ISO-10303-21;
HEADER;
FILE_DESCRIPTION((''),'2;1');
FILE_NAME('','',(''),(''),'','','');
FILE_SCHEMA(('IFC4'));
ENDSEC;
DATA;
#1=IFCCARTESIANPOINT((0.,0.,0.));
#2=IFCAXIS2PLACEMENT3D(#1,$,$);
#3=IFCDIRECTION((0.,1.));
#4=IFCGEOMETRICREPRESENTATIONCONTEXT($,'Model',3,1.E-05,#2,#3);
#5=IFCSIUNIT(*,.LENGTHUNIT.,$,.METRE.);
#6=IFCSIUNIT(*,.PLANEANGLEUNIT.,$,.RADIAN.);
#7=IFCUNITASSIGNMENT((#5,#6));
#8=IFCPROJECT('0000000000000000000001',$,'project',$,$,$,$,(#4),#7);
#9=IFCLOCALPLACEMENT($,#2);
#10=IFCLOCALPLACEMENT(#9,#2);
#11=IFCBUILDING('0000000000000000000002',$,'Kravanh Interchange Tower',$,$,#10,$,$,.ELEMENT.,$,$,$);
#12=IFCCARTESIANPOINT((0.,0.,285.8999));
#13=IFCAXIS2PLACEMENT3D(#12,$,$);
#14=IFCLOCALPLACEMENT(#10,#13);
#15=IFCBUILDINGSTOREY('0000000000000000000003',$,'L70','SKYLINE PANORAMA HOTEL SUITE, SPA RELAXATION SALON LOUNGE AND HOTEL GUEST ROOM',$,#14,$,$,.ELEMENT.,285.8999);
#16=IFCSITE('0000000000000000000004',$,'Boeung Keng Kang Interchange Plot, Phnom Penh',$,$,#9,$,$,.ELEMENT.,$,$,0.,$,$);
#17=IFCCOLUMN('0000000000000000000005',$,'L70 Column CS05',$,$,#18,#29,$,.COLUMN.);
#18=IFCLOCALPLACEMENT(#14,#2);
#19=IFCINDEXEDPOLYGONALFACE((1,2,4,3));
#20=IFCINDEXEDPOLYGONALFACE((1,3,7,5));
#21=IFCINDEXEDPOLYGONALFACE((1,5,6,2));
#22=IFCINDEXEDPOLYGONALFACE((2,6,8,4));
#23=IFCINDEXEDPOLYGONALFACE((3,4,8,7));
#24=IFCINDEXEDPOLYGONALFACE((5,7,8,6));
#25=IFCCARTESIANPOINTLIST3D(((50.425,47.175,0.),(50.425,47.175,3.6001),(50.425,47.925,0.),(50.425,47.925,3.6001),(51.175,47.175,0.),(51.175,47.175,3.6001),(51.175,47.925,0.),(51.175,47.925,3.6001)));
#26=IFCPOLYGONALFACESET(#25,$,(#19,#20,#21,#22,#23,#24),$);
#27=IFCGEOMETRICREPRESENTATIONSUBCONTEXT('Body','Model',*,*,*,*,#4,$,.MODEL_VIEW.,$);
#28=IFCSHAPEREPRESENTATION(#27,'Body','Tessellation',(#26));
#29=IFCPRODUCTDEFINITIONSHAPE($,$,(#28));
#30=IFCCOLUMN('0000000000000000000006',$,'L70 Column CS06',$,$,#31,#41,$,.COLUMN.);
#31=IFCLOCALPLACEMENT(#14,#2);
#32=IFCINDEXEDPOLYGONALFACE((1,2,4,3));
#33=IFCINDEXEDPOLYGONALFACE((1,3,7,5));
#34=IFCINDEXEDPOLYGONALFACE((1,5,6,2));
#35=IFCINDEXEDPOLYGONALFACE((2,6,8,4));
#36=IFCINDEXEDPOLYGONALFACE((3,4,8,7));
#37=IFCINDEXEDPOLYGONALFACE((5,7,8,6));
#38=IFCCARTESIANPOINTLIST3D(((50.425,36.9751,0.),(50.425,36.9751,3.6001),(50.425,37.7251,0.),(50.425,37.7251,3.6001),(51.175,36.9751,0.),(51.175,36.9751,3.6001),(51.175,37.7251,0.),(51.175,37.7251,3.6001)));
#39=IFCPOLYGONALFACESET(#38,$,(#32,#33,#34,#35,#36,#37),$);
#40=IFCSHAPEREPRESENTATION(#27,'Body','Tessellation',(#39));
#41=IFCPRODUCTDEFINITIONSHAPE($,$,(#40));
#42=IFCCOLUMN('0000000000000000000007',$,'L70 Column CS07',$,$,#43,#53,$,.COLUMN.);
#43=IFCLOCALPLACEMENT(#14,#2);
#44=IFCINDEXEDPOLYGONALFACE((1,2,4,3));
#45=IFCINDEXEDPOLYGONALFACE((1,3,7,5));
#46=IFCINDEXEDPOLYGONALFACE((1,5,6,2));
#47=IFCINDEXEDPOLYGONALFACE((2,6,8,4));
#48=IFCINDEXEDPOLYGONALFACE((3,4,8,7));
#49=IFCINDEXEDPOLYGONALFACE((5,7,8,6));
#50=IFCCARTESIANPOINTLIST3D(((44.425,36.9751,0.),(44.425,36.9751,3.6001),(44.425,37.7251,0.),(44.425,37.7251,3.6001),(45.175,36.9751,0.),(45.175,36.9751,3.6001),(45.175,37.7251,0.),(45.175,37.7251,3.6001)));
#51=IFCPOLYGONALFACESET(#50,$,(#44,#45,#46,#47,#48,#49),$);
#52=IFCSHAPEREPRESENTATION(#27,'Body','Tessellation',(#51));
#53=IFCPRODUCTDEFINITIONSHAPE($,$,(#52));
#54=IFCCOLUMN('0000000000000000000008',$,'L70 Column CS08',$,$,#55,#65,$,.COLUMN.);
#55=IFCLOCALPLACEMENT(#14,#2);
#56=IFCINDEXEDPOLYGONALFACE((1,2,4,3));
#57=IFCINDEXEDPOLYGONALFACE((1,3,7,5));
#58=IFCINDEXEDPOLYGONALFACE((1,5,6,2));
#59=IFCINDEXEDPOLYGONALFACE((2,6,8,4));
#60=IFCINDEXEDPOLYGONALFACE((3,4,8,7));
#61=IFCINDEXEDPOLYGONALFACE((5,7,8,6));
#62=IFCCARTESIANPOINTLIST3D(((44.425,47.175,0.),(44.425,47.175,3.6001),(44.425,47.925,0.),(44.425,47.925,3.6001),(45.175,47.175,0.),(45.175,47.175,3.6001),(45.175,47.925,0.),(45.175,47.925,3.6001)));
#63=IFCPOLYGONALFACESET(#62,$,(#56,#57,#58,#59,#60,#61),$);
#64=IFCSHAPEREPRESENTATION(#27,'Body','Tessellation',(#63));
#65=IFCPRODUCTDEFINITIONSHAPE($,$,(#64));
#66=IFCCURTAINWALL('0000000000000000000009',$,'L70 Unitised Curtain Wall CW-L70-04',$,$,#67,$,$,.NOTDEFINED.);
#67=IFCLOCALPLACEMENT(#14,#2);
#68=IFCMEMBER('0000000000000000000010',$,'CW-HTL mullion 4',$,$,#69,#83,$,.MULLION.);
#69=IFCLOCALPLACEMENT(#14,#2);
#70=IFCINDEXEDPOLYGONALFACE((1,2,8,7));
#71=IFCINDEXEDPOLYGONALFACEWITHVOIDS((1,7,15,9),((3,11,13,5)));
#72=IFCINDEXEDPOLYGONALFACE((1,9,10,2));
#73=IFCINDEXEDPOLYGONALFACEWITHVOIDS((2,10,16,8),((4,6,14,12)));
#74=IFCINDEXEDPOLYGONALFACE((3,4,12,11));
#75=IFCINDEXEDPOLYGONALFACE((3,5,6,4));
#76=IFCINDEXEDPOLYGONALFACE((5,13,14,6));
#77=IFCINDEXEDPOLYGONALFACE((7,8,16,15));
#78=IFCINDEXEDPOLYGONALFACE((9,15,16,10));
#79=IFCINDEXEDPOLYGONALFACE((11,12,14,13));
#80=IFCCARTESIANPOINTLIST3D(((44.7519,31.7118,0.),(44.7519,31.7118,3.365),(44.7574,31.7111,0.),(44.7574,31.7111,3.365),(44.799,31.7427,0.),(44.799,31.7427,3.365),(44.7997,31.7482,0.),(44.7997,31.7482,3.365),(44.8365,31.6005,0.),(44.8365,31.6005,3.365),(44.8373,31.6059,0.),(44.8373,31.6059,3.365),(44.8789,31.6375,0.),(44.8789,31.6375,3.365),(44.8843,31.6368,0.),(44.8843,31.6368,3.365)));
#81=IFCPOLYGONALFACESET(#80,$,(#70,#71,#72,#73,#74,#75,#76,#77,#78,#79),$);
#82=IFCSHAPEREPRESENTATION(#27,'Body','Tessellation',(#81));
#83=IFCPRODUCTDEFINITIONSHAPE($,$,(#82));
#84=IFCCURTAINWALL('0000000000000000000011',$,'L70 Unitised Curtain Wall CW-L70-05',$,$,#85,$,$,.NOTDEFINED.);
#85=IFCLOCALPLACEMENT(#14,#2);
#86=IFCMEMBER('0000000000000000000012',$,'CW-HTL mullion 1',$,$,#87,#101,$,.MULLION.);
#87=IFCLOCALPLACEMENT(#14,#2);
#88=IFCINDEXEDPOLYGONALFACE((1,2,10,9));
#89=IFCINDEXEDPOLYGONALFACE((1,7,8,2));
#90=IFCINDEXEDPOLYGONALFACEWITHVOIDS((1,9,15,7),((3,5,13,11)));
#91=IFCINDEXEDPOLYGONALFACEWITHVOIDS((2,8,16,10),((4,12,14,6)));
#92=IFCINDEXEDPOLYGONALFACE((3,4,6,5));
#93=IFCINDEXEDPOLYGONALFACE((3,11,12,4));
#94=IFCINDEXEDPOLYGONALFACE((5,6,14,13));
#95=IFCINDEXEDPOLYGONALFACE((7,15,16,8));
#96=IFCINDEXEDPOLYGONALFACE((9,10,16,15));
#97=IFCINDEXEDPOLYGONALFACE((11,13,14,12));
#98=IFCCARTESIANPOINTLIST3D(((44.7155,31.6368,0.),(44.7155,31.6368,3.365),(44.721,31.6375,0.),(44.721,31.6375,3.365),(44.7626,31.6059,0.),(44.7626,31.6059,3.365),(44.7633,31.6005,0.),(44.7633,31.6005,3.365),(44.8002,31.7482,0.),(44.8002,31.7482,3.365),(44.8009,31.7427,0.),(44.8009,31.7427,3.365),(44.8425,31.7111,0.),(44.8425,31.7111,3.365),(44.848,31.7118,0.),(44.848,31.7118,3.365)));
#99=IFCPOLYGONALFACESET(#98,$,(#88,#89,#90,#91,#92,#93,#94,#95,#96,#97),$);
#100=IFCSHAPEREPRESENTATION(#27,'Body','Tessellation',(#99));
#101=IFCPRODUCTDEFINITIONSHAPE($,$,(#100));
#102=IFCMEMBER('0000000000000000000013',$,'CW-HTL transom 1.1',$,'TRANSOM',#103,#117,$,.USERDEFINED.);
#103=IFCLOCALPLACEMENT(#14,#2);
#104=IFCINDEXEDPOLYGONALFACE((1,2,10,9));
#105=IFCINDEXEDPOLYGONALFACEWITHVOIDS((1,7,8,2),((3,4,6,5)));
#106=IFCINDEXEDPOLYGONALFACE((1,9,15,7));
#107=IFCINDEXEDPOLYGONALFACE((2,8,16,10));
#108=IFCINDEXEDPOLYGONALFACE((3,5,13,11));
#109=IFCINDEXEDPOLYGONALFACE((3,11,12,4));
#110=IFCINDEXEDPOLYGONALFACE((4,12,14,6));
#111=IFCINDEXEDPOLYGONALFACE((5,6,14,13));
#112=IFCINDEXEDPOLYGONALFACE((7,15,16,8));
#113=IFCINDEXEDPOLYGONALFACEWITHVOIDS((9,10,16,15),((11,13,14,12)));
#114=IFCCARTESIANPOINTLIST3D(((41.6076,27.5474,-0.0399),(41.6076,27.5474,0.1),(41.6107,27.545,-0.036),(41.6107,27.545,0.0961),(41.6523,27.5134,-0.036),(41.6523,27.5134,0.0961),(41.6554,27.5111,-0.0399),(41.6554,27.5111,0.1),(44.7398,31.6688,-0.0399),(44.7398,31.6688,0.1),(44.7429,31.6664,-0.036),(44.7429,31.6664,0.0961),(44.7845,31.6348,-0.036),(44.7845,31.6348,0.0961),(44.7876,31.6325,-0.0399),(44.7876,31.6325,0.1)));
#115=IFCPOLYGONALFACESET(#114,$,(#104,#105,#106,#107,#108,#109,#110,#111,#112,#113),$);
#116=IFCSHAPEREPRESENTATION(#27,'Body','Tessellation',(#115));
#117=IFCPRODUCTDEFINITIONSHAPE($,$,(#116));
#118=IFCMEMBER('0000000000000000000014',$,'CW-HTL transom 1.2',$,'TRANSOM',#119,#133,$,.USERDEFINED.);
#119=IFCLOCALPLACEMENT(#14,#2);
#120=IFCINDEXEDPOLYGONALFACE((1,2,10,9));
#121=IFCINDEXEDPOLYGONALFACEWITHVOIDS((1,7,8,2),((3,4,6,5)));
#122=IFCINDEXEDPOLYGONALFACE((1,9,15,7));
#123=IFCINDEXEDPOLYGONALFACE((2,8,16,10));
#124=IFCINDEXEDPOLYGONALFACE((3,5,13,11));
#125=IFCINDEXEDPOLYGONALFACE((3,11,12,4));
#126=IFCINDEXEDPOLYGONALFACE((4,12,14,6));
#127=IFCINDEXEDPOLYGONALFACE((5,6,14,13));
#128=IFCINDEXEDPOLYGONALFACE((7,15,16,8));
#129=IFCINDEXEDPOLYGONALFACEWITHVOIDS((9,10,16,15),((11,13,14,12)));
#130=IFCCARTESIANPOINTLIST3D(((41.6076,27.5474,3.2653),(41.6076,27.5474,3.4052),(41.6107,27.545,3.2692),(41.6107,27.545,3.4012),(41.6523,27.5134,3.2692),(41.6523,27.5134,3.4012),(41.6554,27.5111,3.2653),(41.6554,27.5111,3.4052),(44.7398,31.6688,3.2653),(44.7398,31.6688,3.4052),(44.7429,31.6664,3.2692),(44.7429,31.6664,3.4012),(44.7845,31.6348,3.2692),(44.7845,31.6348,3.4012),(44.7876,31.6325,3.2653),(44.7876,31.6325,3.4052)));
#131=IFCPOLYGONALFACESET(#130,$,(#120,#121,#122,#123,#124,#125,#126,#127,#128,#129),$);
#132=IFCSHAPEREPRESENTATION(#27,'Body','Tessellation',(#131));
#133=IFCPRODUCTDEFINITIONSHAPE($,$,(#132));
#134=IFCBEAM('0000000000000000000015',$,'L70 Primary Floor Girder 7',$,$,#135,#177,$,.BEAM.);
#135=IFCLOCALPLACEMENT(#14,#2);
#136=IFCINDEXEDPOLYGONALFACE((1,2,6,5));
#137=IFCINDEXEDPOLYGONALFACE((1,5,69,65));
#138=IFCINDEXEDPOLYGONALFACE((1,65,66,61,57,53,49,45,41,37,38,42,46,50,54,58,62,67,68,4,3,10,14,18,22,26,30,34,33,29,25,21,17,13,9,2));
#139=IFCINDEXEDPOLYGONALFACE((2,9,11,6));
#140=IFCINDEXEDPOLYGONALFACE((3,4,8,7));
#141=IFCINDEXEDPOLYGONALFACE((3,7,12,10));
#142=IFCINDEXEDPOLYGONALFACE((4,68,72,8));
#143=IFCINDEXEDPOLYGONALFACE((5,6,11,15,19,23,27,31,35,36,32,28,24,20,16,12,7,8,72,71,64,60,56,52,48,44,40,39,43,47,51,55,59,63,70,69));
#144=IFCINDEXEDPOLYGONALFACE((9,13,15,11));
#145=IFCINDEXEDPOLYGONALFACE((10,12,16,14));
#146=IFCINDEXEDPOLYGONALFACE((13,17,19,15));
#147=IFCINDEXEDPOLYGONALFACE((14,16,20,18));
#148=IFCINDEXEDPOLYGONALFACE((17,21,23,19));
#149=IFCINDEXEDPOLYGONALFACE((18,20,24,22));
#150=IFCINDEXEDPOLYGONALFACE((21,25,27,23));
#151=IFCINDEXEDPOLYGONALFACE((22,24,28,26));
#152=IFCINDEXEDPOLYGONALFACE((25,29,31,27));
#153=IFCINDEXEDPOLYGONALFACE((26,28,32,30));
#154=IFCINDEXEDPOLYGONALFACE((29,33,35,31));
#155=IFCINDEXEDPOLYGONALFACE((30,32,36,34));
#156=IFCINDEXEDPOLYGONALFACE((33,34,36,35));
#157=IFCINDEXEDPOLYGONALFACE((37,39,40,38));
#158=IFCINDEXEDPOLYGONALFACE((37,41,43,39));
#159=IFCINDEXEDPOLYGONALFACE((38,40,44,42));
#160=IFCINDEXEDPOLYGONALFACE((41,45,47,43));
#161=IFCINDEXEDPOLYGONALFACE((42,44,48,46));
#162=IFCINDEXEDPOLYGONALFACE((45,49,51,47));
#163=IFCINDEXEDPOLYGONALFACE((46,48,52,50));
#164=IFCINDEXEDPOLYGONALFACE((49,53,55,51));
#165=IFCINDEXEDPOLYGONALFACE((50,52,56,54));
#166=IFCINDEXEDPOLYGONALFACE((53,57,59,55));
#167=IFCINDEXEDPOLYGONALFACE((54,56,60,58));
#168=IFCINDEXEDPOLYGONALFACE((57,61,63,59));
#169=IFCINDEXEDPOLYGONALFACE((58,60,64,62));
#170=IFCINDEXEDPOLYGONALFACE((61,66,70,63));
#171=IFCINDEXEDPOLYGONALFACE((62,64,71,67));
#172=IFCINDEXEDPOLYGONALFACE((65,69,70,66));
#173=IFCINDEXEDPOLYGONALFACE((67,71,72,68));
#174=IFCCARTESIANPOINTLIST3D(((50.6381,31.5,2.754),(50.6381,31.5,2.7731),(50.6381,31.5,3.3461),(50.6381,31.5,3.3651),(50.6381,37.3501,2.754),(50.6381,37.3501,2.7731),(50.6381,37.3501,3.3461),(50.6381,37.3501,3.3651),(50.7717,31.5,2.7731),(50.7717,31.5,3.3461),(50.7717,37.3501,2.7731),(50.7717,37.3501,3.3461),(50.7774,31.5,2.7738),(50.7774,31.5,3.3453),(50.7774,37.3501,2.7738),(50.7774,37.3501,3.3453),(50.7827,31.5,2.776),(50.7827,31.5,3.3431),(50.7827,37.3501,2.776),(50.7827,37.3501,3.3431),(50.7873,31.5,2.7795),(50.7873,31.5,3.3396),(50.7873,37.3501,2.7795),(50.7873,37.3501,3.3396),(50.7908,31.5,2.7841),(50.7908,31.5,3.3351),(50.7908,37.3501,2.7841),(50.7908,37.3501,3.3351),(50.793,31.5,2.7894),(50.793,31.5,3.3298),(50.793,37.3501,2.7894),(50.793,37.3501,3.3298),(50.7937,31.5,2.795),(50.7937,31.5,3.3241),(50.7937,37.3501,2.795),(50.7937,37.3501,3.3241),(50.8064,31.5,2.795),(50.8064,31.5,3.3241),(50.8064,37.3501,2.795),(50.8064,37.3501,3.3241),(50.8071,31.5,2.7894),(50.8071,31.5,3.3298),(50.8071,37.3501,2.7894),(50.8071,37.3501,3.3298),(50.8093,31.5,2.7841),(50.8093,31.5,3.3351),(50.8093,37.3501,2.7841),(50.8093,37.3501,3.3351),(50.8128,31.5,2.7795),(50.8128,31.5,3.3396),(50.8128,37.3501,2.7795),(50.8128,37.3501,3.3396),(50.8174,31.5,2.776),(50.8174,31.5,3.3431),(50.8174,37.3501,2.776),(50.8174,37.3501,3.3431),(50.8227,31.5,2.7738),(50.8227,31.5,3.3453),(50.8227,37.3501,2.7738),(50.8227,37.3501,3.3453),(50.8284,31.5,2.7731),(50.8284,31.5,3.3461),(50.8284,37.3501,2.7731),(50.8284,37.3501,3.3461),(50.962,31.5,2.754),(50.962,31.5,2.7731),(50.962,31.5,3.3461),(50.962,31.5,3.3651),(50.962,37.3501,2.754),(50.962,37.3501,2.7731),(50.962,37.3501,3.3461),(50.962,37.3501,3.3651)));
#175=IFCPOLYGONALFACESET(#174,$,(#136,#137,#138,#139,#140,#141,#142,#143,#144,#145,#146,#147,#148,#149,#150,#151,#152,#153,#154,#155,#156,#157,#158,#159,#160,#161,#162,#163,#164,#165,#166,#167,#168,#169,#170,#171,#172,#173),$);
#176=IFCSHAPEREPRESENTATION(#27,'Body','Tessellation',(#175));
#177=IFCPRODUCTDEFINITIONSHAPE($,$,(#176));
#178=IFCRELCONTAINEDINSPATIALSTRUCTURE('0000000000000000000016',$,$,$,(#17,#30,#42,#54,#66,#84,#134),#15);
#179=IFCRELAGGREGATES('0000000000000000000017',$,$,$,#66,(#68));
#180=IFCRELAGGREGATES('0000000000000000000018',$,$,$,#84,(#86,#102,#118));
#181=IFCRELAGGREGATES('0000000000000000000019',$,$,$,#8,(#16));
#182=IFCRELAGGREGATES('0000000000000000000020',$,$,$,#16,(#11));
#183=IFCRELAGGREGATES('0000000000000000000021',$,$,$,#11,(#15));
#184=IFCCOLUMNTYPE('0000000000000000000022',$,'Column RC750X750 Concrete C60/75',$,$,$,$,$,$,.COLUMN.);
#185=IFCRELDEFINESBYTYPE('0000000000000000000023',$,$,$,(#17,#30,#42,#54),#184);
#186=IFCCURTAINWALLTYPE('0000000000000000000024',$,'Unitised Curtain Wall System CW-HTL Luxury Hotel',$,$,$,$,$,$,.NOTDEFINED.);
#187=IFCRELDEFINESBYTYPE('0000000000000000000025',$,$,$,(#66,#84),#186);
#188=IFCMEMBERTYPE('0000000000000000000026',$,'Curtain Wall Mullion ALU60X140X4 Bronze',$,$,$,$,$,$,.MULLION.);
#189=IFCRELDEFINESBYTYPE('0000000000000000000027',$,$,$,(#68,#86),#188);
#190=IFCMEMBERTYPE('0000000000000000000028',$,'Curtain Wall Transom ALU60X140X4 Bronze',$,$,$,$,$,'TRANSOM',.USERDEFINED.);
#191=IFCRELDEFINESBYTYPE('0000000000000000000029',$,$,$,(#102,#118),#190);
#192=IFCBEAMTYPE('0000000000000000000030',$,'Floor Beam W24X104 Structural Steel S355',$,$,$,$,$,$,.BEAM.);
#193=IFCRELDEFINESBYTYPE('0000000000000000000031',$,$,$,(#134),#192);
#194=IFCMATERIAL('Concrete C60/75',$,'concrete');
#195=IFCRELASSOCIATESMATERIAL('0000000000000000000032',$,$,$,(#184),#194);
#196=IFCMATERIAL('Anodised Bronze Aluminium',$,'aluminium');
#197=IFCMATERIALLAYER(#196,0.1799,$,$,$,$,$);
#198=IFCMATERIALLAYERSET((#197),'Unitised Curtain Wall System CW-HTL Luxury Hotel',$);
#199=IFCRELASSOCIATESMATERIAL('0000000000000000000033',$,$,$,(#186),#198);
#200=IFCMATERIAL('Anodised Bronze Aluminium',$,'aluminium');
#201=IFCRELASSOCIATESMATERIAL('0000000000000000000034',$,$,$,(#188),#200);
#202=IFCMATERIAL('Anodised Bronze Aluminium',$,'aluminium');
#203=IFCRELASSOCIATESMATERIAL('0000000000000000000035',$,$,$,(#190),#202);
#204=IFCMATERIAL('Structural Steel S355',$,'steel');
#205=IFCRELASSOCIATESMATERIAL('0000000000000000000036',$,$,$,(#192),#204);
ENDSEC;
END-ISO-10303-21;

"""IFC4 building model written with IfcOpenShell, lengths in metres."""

from ifc_helpers import new_model, si_unit, direction, frame, origin, origin_2d, place, context, subcontext, project, spatial, rectangle, hollow_rectangle, i_section, extrude, material, layer, layer_set, material_profile, profile_set, type_object, element, aggregate, save


model = new_model("IFC4")

# Units and contexts
model_context = context("Model", 3, precision=1e-05, world=origin(), true_north=direction((0.0, 1.0)))
body_context = subcontext(model_context, "Body", "Model", "MODEL_VIEW")
ifc_project = project(units=[si_unit("LENGTHUNIT", "METRE"), si_unit("PLANEANGLEUNIT", "RADIAN")], contexts=[model_context])

# Site, building, storey
site_placement = place(None, origin())
site = spatial("IfcSite", under=ifc_project, at=site_placement, Name="Boeung Keng Kang Interchange Plot, Phnom Penh", CompositionType="ELEMENT", RefElevation=0.0)
building_placement = place(site_placement, origin())
building = spatial("IfcBuilding", under=site, at=building_placement, Name="Kravanh Interchange Tower", CompositionType="ELEMENT")
storey_placement = place(building_placement, frame((0.0, 0.0, 285.8999)))
storey = spatial("IfcBuildingStorey", under=building, at=storey_placement, Name="L70", Description="SKYLINE PANORAMA HOTEL SUITE, SPA RELAXATION SALON LOUNGE AND HOTEL GUEST ROOM", CompositionType="ELEMENT", Elevation=285.8999)

# Columns
ifc_material_1 = material(Name="Concrete C60/75", Category="concrete")
ifc_material_profile_1 = material_profile(ifc_material_1, rectangle(XDim=0.75, YDim=0.75, at=origin_2d()), Name="RC750X750")
ifc_profile_set_1 = profile_set([ifc_material_profile_1], Name="Concrete C60/75")
column_type = type_object("IfcColumnType", Name="Column RC750X750 Concrete C60/75", PredefinedType="COLUMN", material=ifc_profile_set_1)
for number, where, z_axis, x_axis, name in (
    (1, (50.8, 47.55, 0.0), (0.0, 0.0, 1.0), (1.0, 0.0, 0.0), "L70 Column CS05"),
    (2, (50.8, 37.3501, 0.0), (0.0, 0.0, 1.0), (1.0, 0.0, 0.0), "L70 Column CS06"),
    (3, (44.8, 37.3501, 0.0), (0.0, 0.0, 1.0), (1.0, 0.0, 0.0), "L70 Column CS07"),
    (4, (44.8, 47.55, 0.0), (0.0, 0.0, 1.0), (1.0, 0.0, 0.0), "L70 Column CS08"),
):
    element("IfcColumn", number, at=place(storey_placement, frame(where, z_axis=z_axis, x_axis=x_axis)), inside=storey, type_object=column_type, Name=name, PredefinedType="COLUMN", context=body_context, shape_type="SweptSolid", body=[
        extrude(rectangle(XDim=0.75, YDim=0.75, at=origin_2d()), origin(), (0.0, 0.0, 1.0), 3.6001),
    ])

# Curtain wall, member
ifc_material_2 = material(Name="Anodised Bronze Aluminium", Category="aluminium")
ifc_layer_1 = layer(ifc_material_2, 0.1799)
ifc_layer_set_1 = layer_set([ifc_layer_1], Name="Unitised Curtain Wall System CW-HTL Luxury Hotel")
curtain_wall_type = type_object("IfcCurtainWallType", Name="Unitised Curtain Wall System CW-HTL Luxury Hotel", PredefinedType="NOTDEFINED", material=ifc_layer_set_1)
curtain_wall_1_placement = place(storey_placement, origin())
curtain_wall_1 = element("IfcCurtainWall", 5, at=curtain_wall_1_placement, inside=storey, type_object=curtain_wall_type, Name="L70 Unitised Curtain Wall CW-L70-04", PredefinedType="NOTDEFINED")
ifc_material_3 = material(Name="Anodised Bronze Aluminium", Category="aluminium")
ifc_material_profile_2 = material_profile(ifc_material_3, hollow_rectangle(XDim=0.0601, YDim=0.1399, WallThickness=0.0039, at=origin_2d()), Name="ALU60X140X4")
ifc_profile_set_2 = profile_set([ifc_material_profile_2], Name="Anodised Bronze Aluminium")
member_type_1 = type_object("IfcMemberType", Name="Curtain Wall Mullion ALU60X140X4 Bronze", PredefinedType="MULLION", material=ifc_profile_set_2)
member_1_placement = place(storey_placement, frame((44.8181, 31.6743, 0.0), z_axis=(0.0, 0.0, 1.0), x_axis=(-0.796162, -0.605083, 0.0)))
member_1 = element("IfcMember", 6, at=member_1_placement, type_object=member_type_1, Name="CW-HTL mullion 4", PredefinedType="MULLION", context=body_context, shape_type="SweptSolid", body=[
    extrude(hollow_rectangle(XDim=0.0601, YDim=0.1399, WallThickness=0.0039, at=origin_2d()), origin(), (0.0, 0.0, 1.0), 3.365),
])
aggregate(curtain_wall_1, [member_1])

# Curtain wall, members
curtain_wall_2_placement = place(storey_placement, origin())
curtain_wall_2 = element("IfcCurtainWall", 7, at=curtain_wall_2_placement, inside=storey, type_object=curtain_wall_type, Name="L70 Unitised Curtain Wall CW-L70-05", PredefinedType="NOTDEFINED")
member_2_placement = place(storey_placement, frame((44.7817, 31.6743, 0.0), z_axis=(0.0, 0.0, 1.0), x_axis=(0.796162, -0.605083, 0.0)))
member_2 = element("IfcMember", 8, at=member_2_placement, type_object=member_type_1, Name="CW-HTL mullion 1", PredefinedType="MULLION", context=body_context, shape_type="SweptSolid", body=[
    extrude(hollow_rectangle(XDim=0.0601, YDim=0.1399, WallThickness=0.0039, at=origin_2d()), origin(), (0.0, 0.0, 1.0), 3.365),
])
ifc_material_4 = material(Name="Anodised Bronze Aluminium", Category="aluminium")
ifc_material_profile_3 = material_profile(ifc_material_4, hollow_rectangle(XDim=0.0601, YDim=0.1399, WallThickness=0.0039, at=origin_2d()), Name="ALU60X140X4")
ifc_profile_set_3 = profile_set([ifc_material_profile_3], Name="Anodised Bronze Aluminium")
member_type_2 = type_object("IfcMemberType", Name="Curtain Wall Transom ALU60X140X4 Bronze", ElementType="TRANSOM", PredefinedType="USERDEFINED", material=ifc_profile_set_3)
member_3_placement = place(storey_placement, frame((44.7637, 31.6506, 0.03), z_axis=(-0.605067, -0.796175, 0.0), x_axis=(0.796175, -0.605067, 0.0)))
member_3 = element("IfcMember", 9, at=member_3_placement, type_object=member_type_2, Name="CW-HTL transom 1.1", ObjectType="TRANSOM", PredefinedType="USERDEFINED", context=body_context, shape_type="SweptSolid", body=[
    extrude(hollow_rectangle(XDim=0.0601, YDim=0.1399, WallThickness=0.0039, at=origin_2d()), origin(), (0.0, 0.0, 1.0), 5.1765),
])
member_4_placement = place(storey_placement, frame((44.7637, 31.6506, 3.3352), z_axis=(-0.605067, -0.796175, 0.0), x_axis=(0.796175, -0.605067, 0.0)))
member_4 = element("IfcMember", 10, at=member_4_placement, type_object=member_type_2, Name="CW-HTL transom 1.2", ObjectType="TRANSOM", PredefinedType="USERDEFINED", context=body_context, shape_type="SweptSolid", body=[
    extrude(hollow_rectangle(XDim=0.0601, YDim=0.1399, WallThickness=0.0039, at=origin_2d()), origin(), (0.0, 0.0, 1.0), 5.1765),
])
aggregate(curtain_wall_2, [member_2, member_3, member_4])

# Beam
ifc_material_5 = material(Name="Structural Steel S355", Category="steel")
ifc_material_profile_4 = material_profile(ifc_material_5, i_section(OverallWidth=0.324, OverallDepth=0.6111, WebThickness=0.0127, FlangeThickness=0.019, FilletRadius=0.022, at=origin_2d()), Name="W24X104")
ifc_profile_set_4 = profile_set([ifc_material_profile_4], Name="Structural Steel S355")
beam_type_1 = type_object("IfcBeamType", Name="Floor Beam W24X104 Structural Steel S355", PredefinedType="BEAM", material=ifc_profile_set_4)
beam_1_placement = place(storey_placement, frame((50.8, 31.5, 3.0596), z_axis=(0.0, 1.0, 0.0), x_axis=(-1.0, 0.0, 0.0)))
element("IfcBeam", 11, at=beam_1_placement, inside=storey, type_object=beam_type_1, Name="L70 Primary Floor Girder 7", PredefinedType="BEAM", context=body_context, shape_type="SweptSolid", body=[
    extrude(i_section(OverallWidth=0.324, OverallDepth=0.6111, WebThickness=0.0127, FlangeThickness=0.019, FilletRadius=0.022, at=origin_2d()), origin(), (0.0, 0.0, 1.0), 5.8501),
])

save(model, "model.ifc")
